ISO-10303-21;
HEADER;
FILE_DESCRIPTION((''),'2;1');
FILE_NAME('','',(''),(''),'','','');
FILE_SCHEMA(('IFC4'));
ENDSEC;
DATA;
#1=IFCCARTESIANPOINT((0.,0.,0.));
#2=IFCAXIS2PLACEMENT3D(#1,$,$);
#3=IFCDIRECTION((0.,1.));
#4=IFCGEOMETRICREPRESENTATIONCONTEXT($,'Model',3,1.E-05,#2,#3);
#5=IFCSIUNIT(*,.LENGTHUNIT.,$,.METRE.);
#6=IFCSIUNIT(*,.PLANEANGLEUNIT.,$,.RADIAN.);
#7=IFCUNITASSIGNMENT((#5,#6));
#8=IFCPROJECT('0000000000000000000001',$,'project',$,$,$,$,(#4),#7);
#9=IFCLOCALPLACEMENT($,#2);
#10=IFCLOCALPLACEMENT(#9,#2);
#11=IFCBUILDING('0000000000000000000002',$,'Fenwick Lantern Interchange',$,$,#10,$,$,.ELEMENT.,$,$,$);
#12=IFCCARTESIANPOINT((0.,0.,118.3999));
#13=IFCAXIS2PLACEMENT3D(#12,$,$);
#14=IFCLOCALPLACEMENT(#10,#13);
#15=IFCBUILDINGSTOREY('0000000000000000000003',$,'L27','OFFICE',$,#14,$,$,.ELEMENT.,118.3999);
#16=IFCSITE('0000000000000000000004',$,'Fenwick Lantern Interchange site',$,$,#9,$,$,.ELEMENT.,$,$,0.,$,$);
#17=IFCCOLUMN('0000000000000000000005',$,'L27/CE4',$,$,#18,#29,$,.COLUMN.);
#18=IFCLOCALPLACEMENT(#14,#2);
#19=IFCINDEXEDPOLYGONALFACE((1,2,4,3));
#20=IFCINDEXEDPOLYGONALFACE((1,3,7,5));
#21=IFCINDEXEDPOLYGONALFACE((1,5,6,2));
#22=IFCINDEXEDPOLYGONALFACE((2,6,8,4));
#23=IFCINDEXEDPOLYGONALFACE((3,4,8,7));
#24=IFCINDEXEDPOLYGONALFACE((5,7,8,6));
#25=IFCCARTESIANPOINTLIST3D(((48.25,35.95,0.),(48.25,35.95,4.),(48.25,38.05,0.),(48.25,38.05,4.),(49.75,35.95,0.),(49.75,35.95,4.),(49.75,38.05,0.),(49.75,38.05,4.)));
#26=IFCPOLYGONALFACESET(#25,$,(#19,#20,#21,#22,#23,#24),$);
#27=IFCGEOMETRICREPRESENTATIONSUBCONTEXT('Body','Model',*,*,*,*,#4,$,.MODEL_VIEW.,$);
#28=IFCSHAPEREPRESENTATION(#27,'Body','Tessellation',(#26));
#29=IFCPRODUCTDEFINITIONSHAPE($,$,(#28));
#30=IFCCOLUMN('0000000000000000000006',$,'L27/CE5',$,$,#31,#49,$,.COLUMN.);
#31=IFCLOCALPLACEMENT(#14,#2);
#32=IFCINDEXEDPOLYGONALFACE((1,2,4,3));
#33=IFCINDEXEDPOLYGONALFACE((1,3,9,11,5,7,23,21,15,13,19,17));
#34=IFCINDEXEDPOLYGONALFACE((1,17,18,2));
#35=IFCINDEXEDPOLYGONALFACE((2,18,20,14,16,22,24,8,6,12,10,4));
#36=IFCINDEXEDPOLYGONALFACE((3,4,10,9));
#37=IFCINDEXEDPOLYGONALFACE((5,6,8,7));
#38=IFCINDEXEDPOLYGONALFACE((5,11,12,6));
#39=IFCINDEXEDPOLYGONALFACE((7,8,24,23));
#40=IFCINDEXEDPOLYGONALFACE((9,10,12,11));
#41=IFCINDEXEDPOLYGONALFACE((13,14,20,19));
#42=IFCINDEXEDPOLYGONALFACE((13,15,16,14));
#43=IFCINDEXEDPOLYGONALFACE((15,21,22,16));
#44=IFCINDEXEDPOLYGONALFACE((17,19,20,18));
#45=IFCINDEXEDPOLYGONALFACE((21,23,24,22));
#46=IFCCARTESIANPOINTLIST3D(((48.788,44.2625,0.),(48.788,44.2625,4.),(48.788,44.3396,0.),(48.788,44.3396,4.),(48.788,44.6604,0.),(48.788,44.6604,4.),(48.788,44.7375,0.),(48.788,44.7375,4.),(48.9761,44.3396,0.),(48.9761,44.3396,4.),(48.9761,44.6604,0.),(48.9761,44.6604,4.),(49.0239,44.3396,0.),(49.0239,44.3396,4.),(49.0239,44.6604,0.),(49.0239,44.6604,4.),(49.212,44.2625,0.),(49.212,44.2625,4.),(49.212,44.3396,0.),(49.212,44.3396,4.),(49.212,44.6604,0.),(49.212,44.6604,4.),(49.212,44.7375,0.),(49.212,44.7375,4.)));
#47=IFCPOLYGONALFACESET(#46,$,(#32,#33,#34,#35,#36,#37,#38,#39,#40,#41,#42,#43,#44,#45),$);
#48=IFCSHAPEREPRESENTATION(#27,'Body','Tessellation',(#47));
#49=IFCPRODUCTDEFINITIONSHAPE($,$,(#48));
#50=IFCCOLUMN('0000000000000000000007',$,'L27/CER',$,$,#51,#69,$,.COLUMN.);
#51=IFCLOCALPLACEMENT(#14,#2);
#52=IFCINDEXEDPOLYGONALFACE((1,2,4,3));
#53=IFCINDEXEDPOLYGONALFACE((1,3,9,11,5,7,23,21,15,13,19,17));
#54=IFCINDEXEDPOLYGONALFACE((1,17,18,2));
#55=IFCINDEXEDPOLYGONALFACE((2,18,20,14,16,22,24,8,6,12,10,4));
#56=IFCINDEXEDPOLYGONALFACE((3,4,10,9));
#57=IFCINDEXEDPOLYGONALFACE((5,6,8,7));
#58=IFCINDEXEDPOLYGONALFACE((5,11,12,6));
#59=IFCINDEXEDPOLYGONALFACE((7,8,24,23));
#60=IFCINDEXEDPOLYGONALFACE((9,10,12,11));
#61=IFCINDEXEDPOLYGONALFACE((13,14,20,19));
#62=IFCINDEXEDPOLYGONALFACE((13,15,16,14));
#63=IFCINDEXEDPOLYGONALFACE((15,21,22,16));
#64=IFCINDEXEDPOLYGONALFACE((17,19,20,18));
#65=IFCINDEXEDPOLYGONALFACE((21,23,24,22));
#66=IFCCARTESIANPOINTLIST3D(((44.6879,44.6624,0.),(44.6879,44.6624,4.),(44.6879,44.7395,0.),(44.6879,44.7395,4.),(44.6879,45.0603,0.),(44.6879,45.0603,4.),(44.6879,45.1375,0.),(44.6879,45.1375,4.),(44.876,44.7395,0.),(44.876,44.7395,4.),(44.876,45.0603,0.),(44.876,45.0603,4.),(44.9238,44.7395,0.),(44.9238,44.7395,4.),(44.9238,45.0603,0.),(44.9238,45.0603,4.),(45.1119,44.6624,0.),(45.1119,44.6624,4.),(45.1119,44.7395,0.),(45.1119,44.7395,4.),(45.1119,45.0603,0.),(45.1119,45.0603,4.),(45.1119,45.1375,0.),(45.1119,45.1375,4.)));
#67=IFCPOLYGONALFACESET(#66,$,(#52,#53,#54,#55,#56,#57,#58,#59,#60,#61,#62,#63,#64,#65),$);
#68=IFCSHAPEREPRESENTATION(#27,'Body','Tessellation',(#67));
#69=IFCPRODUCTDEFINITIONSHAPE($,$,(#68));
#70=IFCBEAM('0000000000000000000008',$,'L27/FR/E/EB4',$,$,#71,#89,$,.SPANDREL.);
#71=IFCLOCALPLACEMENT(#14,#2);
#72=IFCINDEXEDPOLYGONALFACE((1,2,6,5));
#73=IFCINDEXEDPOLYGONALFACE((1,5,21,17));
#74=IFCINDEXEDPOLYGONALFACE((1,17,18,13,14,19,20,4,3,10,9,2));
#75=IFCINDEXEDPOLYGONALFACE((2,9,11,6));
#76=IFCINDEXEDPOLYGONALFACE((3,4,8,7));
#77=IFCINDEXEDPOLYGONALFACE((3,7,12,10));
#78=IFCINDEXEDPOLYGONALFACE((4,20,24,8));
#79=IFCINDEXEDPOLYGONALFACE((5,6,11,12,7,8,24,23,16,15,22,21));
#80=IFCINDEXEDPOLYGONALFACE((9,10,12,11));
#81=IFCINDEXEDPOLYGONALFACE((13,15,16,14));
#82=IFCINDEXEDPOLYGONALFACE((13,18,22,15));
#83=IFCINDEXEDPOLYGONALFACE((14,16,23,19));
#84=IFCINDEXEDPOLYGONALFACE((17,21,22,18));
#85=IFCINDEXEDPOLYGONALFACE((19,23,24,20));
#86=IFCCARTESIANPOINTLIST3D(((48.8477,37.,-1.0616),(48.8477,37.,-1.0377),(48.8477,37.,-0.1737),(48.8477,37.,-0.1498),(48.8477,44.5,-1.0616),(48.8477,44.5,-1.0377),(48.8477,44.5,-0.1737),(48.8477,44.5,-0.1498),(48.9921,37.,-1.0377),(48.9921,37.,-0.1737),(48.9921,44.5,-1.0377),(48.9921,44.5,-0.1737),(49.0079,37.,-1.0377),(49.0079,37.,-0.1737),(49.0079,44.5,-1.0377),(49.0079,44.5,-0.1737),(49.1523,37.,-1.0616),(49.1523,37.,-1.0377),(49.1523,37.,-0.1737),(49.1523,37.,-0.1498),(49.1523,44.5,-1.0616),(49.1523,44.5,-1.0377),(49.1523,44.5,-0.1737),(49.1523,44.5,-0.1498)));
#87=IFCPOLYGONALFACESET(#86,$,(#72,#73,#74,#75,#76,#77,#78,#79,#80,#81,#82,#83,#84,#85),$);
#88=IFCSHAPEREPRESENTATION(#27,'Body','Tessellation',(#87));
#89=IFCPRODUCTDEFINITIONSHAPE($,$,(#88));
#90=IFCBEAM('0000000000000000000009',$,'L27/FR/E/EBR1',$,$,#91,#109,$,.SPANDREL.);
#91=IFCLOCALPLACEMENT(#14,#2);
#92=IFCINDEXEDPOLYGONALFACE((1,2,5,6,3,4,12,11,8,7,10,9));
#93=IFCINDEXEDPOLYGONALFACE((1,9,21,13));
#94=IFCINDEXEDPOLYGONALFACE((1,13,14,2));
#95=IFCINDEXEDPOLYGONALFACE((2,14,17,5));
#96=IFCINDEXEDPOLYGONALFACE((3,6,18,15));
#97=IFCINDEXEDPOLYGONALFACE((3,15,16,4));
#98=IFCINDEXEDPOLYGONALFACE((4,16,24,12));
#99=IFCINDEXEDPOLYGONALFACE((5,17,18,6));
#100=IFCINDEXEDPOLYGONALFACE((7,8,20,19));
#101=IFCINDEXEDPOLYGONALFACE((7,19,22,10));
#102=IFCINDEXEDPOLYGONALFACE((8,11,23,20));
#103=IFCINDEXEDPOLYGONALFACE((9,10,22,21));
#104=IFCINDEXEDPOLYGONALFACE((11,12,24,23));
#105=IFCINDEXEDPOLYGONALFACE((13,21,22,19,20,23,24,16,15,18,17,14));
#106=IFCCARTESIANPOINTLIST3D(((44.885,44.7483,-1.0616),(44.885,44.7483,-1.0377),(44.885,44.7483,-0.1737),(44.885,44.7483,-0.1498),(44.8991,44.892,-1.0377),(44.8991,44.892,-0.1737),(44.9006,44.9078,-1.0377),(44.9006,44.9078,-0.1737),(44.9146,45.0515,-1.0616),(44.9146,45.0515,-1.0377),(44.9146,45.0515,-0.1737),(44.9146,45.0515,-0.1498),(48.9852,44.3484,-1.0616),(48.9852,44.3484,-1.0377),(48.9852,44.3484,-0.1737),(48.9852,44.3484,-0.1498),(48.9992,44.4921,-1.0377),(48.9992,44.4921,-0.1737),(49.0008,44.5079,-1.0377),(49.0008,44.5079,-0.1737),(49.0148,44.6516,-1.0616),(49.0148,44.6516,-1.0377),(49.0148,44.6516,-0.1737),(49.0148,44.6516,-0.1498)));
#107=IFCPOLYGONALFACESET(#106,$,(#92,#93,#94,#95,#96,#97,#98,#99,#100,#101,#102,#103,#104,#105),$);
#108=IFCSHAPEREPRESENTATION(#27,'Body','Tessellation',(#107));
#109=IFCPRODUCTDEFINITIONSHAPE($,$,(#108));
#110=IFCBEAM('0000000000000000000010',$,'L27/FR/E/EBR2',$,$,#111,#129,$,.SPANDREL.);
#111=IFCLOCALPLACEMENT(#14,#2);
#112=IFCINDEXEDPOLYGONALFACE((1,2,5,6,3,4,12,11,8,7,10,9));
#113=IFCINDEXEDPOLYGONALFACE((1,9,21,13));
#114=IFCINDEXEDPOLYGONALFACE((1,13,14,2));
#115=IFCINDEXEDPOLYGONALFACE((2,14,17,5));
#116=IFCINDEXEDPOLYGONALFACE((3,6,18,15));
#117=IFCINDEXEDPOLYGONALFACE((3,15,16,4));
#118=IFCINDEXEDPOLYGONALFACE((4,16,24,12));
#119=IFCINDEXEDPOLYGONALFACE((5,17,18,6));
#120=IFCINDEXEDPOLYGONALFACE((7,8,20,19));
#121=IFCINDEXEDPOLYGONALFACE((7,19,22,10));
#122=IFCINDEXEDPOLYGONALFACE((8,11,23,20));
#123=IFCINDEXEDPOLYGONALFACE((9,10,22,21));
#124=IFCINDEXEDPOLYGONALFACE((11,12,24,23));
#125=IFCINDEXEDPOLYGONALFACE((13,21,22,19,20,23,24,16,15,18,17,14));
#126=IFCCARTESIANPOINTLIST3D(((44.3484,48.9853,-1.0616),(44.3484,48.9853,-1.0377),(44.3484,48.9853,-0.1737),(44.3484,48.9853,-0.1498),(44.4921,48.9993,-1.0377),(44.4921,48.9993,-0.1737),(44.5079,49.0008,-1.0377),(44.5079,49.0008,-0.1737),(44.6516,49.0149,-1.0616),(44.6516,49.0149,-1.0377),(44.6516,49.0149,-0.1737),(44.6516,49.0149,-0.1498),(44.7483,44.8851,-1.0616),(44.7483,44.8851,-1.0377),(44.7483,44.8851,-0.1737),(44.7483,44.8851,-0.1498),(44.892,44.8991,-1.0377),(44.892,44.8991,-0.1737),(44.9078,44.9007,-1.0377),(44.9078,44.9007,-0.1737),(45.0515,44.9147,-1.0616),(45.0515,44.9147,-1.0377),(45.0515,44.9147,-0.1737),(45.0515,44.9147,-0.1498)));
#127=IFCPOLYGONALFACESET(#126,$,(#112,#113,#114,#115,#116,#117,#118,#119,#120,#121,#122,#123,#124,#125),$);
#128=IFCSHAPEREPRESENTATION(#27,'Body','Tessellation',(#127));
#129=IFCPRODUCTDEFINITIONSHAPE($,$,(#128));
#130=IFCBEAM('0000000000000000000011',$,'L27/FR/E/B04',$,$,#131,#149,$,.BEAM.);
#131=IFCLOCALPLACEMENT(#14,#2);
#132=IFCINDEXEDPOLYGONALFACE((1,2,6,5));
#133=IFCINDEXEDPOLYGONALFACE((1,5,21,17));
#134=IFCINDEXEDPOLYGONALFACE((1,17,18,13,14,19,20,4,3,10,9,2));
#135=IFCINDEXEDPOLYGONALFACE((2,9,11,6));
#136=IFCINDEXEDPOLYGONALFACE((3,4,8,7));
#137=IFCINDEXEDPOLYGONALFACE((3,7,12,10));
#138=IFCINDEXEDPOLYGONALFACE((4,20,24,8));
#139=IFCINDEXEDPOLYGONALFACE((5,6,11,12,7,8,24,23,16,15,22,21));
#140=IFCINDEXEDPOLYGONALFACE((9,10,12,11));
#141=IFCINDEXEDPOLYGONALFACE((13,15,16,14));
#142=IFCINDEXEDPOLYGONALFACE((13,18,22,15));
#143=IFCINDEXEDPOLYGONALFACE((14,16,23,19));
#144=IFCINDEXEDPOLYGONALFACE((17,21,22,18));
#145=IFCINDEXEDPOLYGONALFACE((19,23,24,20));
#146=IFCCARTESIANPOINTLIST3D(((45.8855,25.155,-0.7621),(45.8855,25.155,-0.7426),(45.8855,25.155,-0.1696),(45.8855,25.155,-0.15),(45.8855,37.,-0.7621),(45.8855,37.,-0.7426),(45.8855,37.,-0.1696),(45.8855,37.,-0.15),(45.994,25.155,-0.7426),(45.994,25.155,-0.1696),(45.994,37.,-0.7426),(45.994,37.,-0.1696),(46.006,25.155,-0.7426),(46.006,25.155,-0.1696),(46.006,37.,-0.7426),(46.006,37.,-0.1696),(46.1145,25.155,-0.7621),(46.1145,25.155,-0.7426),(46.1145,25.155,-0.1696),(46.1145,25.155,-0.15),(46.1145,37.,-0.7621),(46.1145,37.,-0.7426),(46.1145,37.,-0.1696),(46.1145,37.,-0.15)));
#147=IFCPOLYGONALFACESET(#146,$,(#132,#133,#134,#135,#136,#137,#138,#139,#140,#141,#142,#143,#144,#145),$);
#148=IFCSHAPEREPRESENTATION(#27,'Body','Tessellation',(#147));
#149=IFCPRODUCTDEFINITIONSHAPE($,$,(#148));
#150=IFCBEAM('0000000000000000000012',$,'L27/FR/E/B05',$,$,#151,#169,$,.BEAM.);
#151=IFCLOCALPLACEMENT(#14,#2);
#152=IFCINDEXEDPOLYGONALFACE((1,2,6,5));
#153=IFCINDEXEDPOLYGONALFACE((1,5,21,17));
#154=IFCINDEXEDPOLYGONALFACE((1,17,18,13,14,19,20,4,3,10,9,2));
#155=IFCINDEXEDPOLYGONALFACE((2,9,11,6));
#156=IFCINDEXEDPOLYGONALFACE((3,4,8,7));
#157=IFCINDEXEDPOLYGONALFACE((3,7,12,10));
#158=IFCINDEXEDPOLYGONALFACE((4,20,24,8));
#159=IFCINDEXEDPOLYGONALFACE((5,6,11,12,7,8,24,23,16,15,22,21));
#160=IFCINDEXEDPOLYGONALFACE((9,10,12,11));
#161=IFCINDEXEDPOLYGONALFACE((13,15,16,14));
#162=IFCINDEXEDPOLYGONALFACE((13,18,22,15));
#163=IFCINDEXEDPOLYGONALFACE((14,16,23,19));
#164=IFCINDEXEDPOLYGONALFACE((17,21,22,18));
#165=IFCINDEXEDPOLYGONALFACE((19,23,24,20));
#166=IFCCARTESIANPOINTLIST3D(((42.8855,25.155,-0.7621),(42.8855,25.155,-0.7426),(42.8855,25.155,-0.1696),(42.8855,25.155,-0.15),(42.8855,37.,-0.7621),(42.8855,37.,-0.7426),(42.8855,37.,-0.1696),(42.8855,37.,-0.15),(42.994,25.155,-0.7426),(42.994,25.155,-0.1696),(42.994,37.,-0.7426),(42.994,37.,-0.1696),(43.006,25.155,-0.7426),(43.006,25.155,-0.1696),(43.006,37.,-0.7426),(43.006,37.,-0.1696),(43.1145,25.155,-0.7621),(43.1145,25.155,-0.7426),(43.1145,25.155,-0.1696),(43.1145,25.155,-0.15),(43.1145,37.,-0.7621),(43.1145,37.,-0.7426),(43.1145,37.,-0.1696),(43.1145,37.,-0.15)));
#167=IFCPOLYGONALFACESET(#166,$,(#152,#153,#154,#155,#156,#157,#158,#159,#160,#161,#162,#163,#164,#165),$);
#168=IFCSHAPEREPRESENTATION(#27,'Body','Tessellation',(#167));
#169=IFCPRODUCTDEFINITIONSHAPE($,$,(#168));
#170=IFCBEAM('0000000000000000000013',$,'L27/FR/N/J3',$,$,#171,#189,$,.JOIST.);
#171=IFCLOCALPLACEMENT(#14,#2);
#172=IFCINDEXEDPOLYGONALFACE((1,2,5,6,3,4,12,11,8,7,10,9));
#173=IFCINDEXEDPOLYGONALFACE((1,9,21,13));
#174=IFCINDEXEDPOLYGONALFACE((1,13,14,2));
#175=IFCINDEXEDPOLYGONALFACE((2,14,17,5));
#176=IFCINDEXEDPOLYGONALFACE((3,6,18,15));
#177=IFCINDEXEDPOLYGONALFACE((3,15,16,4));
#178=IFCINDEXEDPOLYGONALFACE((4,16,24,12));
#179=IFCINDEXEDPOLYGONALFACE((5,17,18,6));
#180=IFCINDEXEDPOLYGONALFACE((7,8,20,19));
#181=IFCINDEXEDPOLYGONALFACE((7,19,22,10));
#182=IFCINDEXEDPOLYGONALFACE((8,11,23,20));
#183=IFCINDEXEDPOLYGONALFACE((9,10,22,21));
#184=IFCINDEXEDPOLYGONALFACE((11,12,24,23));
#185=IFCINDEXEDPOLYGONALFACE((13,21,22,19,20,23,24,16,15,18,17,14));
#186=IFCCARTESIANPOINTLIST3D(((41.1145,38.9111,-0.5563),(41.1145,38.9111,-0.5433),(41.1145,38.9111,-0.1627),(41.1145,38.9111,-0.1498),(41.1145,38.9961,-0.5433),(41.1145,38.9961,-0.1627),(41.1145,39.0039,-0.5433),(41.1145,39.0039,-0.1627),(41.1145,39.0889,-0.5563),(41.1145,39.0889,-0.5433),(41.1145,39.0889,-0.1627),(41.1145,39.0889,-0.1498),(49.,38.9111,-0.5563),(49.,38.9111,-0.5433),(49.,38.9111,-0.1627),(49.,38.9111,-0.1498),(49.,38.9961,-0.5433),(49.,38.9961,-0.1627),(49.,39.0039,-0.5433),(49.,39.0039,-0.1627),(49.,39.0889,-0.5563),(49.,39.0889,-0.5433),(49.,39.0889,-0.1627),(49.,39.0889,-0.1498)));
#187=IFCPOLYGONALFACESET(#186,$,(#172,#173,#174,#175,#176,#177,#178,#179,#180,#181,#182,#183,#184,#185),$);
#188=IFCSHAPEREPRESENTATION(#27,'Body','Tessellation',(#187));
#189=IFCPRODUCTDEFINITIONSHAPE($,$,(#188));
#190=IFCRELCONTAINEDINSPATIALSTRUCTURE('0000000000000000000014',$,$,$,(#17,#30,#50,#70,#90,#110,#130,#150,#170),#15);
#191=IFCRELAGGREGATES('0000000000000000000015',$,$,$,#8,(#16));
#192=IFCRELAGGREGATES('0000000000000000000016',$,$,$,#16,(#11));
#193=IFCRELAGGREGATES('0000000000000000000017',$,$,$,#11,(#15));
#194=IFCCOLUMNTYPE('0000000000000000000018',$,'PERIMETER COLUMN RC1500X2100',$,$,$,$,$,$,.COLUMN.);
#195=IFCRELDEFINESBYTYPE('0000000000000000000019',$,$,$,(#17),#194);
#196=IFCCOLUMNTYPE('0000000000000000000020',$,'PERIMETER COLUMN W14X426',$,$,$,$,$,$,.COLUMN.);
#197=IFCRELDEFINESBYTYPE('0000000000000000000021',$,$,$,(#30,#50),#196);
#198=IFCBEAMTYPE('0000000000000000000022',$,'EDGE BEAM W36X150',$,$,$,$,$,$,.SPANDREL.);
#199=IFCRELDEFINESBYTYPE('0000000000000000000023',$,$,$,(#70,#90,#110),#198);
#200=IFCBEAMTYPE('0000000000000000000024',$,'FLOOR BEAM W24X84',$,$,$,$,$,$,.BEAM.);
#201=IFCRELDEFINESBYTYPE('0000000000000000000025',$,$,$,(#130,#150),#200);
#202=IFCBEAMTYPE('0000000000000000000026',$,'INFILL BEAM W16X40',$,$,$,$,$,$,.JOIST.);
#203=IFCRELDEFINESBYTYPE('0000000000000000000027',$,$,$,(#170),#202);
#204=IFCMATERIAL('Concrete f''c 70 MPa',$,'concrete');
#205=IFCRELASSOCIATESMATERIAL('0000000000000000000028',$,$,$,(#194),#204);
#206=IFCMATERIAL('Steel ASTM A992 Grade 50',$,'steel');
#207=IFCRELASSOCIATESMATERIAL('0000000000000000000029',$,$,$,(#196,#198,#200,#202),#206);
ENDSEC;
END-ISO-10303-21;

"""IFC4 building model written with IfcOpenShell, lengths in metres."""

from ifc_helpers import new_model, si_unit, direction, frame, origin, origin_2d, place, context, subcontext, project, spatial, rectangle, i_section, extrude, material, material_profile, profile_set, type_object, element, save


model = new_model("IFC4")

# Units and contexts
model_context = context("Model", 3, precision=1e-05, world=origin(), true_north=direction((0.0, 1.0)))
body_context = subcontext(model_context, "Body", "Model", "MODEL_VIEW")
ifc_project = project(units=[si_unit("LENGTHUNIT", "METRE"), si_unit("PLANEANGLEUNIT", "RADIAN")], contexts=[model_context])

# Site, building, storey
site_placement = place(None, origin())
site = spatial("IfcSite", under=ifc_project, at=site_placement, Name="Fenwick Lantern Interchange site", CompositionType="ELEMENT", RefElevation=0.0)
building_placement = place(site_placement, origin())
building = spatial("IfcBuilding", under=site, at=building_placement, Name="Fenwick Lantern Interchange", CompositionType="ELEMENT")
storey_placement = place(building_placement, frame((0.0, 0.0, 118.3999)))
storey = spatial("IfcBuildingStorey", under=building, at=storey_placement, Name="L27", Description="OFFICE", CompositionType="ELEMENT", Elevation=118.3999)

# Columns
ifc_material_1 = material(Name="Concrete f'c 70 MPa", Category="concrete")
ifc_material_profile_1 = material_profile(ifc_material_1, rectangle(XDim=1.5, YDim=2.1001, at=origin_2d()), Name="RC1500X2100")
ifc_profile_set_1 = profile_set([ifc_material_profile_1], Name="Concrete f'c 70 MPa")
column_type_1 = type_object("IfcColumnType", Name="PERIMETER COLUMN RC1500X2100", PredefinedType="COLUMN", material=ifc_profile_set_1)
column_placement = place(storey_placement, frame((49.0, 37.0, 0.0), z_axis=(0.0, 0.0, 1.0), x_axis=(1.0, 0.0, 0.0)))
element("IfcColumn", 1, at=column_placement, inside=storey, type_object=column_type_1, Name="L27/CE4", PredefinedType="COLUMN", context=body_context, shape_type="SweptSolid", body=[
    extrude(rectangle(XDim=1.5, YDim=2.1001, at=origin_2d()), origin(), (0.0, 0.0, 1.0), 4.0),
])
ifc_material_2 = material(Name="Steel ASTM A992 Grade 50", Category="steel")
ifc_material_profile_2 = material_profile(ifc_material_2, i_section(OverallWidth=0.4241, OverallDepth=0.4751, WebThickness=0.0479, FlangeThickness=0.0771, at=origin_2d()), Name="W14X426")
ifc_profile_set_2 = profile_set([ifc_material_profile_2], Name="Steel ASTM A992 Grade 50")
column_type_2 = type_object("IfcColumnType", Name="PERIMETER COLUMN W14X426", PredefinedType="COLUMN", material=ifc_profile_set_2)
for number, where, z_axis, x_axis, name in (
    (2, (49.0, 44.5, 0.0), (0.0, 0.0, 1.0), (1.0, 0.0, 0.0), "L27/CE5"),
    (3, (44.8999, 44.8999, 0.0), (0.0, 0.0, 1.0), (1.0, 0.0, 0.0), "L27/CER"),
):
    element("IfcColumn", number, at=place(storey_placement, frame(where, z_axis=z_axis, x_axis=x_axis)), inside=storey, type_object=column_type_2, Name=name, PredefinedType="COLUMN", context=body_context, shape_type="SweptSolid", body=[
        extrude(i_section(OverallWidth=0.4241, OverallDepth=0.4751, WebThickness=0.0479, FlangeThickness=0.0771, at=origin_2d()), origin(), (0.0, 0.0, 1.0), 4.0),
    ])

# Beams
ifc_material_profile_3 = material_profile(ifc_material_2, i_section(OverallWidth=0.3047, OverallDepth=0.9119, WebThickness=0.0159, FlangeThickness=0.0239, at=origin_2d()), Name="W36X150")
ifc_profile_set_3 = profile_set([ifc_material_profile_3], Name="Steel ASTM A992 Grade 50")
beam_type_1 = type_object("IfcBeamType", Name="EDGE BEAM W36X150", PredefinedType="SPANDREL", material=ifc_profile_set_3)
beam_1_placement = place(storey_placement, frame((49.0, 37.0, -0.6057), z_axis=(0.0, 1.0, 0.0), x_axis=(-1.0, 0.0, 0.0)))
element("IfcBeam", 4, at=beam_1_placement, inside=storey, type_object=beam_type_1, Name="L27/FR/E/EB4", PredefinedType="SPANDREL", context=body_context, shape_type="SweptSolid", body=[
    extrude(i_section(OverallWidth=0.3047, OverallDepth=0.9119, WebThickness=0.0159, FlangeThickness=0.0239, at=origin_2d()), origin(), (0.0, 0.0, 1.0), 7.5),
])
for number, where, z_axis, x_axis, name in (
    (5, (49.0, 44.5, -0.6057), (-0.995277, 0.097074, 0.0), (-0.097074, -0.995277, 0.0), "L27/FR/E/EBR1"),
    (6, (44.8999, 44.8999, -0.6057), (-0.097074, 0.995277, 0.0), (-0.995277, -0.097074, 0.0), "L27/FR/E/EBR2"),
):
    element("IfcBeam", number, at=place(storey_placement, frame(where, z_axis=z_axis, x_axis=x_axis)), inside=storey, type_object=beam_type_1, Name=name, PredefinedType="SPANDREL", context=body_context, shape_type="SweptSolid", body=[
        extrude(i_section(OverallWidth=0.3047, OverallDepth=0.9119, WebThickness=0.0159, FlangeThickness=0.0239, at=origin_2d()), origin(), (0.0, 0.0, 1.0), 4.1196),
    ])
ifc_material_profile_4 = material_profile(ifc_material_2, i_section(OverallWidth=0.229, OverallDepth=0.6121, WebThickness=0.012, FlangeThickness=0.0195, at=origin_2d()), Name="W24X84")
ifc_profile_set_4 = profile_set([ifc_material_profile_4], Name="Steel ASTM A992 Grade 50")
beam_type_2 = type_object("IfcBeamType", Name="FLOOR BEAM W24X84", PredefinedType="BEAM", material=ifc_profile_set_4)
for number, where, z_axis, x_axis, name in (
    (7, (46.0, 25.155, -0.4561), (0.0, 1.0, 0.0), (-1.0, 0.0, 0.0), "L27/FR/E/B04"),
    (8, (43.0, 25.155, -0.4561), (0.0, 1.0, 0.0), (-1.0, 0.0, 0.0), "L27/FR/E/B05"),
):
    element("IfcBeam", number, at=place(storey_placement, frame(where, z_axis=z_axis, x_axis=x_axis)), inside=storey, type_object=beam_type_2, Name=name, PredefinedType="BEAM", context=body_context, shape_type="SweptSolid", body=[
        extrude(i_section(OverallWidth=0.229, OverallDepth=0.6121, WebThickness=0.012, FlangeThickness=0.0195, at=origin_2d()), origin(), (0.0, 0.0, 1.0), 11.845),
    ])
ifc_material_profile_5 = material_profile(ifc_material_2, i_section(OverallWidth=0.1777, OverallDepth=0.4065, WebThickness=0.0078, FlangeThickness=0.0129, at=origin_2d()), Name="W16X40")
ifc_profile_set_5 = profile_set([ifc_material_profile_5], Name="Steel ASTM A992 Grade 50")
beam_type_3 = type_object("IfcBeamType", Name="INFILL BEAM W16X40", PredefinedType="JOIST", material=ifc_profile_set_5)
beam_2_placement = place(storey_placement, frame((49.0, 39.0, -0.353), z_axis=(-1.0, 0.0, 0.0), x_axis=(0.0, -1.0, 0.0)))
element("IfcBeam", 9, at=beam_2_placement, inside=storey, type_object=beam_type_3, Name="L27/FR/N/J3", PredefinedType="JOIST", context=body_context, shape_type="SweptSolid", body=[
    extrude(i_section(OverallWidth=0.1777, OverallDepth=0.4065, WebThickness=0.0078, FlangeThickness=0.0129, at=origin_2d()), origin(), (0.0, 0.0, 1.0), 7.8855),
])

save(model, "model.ifc")
